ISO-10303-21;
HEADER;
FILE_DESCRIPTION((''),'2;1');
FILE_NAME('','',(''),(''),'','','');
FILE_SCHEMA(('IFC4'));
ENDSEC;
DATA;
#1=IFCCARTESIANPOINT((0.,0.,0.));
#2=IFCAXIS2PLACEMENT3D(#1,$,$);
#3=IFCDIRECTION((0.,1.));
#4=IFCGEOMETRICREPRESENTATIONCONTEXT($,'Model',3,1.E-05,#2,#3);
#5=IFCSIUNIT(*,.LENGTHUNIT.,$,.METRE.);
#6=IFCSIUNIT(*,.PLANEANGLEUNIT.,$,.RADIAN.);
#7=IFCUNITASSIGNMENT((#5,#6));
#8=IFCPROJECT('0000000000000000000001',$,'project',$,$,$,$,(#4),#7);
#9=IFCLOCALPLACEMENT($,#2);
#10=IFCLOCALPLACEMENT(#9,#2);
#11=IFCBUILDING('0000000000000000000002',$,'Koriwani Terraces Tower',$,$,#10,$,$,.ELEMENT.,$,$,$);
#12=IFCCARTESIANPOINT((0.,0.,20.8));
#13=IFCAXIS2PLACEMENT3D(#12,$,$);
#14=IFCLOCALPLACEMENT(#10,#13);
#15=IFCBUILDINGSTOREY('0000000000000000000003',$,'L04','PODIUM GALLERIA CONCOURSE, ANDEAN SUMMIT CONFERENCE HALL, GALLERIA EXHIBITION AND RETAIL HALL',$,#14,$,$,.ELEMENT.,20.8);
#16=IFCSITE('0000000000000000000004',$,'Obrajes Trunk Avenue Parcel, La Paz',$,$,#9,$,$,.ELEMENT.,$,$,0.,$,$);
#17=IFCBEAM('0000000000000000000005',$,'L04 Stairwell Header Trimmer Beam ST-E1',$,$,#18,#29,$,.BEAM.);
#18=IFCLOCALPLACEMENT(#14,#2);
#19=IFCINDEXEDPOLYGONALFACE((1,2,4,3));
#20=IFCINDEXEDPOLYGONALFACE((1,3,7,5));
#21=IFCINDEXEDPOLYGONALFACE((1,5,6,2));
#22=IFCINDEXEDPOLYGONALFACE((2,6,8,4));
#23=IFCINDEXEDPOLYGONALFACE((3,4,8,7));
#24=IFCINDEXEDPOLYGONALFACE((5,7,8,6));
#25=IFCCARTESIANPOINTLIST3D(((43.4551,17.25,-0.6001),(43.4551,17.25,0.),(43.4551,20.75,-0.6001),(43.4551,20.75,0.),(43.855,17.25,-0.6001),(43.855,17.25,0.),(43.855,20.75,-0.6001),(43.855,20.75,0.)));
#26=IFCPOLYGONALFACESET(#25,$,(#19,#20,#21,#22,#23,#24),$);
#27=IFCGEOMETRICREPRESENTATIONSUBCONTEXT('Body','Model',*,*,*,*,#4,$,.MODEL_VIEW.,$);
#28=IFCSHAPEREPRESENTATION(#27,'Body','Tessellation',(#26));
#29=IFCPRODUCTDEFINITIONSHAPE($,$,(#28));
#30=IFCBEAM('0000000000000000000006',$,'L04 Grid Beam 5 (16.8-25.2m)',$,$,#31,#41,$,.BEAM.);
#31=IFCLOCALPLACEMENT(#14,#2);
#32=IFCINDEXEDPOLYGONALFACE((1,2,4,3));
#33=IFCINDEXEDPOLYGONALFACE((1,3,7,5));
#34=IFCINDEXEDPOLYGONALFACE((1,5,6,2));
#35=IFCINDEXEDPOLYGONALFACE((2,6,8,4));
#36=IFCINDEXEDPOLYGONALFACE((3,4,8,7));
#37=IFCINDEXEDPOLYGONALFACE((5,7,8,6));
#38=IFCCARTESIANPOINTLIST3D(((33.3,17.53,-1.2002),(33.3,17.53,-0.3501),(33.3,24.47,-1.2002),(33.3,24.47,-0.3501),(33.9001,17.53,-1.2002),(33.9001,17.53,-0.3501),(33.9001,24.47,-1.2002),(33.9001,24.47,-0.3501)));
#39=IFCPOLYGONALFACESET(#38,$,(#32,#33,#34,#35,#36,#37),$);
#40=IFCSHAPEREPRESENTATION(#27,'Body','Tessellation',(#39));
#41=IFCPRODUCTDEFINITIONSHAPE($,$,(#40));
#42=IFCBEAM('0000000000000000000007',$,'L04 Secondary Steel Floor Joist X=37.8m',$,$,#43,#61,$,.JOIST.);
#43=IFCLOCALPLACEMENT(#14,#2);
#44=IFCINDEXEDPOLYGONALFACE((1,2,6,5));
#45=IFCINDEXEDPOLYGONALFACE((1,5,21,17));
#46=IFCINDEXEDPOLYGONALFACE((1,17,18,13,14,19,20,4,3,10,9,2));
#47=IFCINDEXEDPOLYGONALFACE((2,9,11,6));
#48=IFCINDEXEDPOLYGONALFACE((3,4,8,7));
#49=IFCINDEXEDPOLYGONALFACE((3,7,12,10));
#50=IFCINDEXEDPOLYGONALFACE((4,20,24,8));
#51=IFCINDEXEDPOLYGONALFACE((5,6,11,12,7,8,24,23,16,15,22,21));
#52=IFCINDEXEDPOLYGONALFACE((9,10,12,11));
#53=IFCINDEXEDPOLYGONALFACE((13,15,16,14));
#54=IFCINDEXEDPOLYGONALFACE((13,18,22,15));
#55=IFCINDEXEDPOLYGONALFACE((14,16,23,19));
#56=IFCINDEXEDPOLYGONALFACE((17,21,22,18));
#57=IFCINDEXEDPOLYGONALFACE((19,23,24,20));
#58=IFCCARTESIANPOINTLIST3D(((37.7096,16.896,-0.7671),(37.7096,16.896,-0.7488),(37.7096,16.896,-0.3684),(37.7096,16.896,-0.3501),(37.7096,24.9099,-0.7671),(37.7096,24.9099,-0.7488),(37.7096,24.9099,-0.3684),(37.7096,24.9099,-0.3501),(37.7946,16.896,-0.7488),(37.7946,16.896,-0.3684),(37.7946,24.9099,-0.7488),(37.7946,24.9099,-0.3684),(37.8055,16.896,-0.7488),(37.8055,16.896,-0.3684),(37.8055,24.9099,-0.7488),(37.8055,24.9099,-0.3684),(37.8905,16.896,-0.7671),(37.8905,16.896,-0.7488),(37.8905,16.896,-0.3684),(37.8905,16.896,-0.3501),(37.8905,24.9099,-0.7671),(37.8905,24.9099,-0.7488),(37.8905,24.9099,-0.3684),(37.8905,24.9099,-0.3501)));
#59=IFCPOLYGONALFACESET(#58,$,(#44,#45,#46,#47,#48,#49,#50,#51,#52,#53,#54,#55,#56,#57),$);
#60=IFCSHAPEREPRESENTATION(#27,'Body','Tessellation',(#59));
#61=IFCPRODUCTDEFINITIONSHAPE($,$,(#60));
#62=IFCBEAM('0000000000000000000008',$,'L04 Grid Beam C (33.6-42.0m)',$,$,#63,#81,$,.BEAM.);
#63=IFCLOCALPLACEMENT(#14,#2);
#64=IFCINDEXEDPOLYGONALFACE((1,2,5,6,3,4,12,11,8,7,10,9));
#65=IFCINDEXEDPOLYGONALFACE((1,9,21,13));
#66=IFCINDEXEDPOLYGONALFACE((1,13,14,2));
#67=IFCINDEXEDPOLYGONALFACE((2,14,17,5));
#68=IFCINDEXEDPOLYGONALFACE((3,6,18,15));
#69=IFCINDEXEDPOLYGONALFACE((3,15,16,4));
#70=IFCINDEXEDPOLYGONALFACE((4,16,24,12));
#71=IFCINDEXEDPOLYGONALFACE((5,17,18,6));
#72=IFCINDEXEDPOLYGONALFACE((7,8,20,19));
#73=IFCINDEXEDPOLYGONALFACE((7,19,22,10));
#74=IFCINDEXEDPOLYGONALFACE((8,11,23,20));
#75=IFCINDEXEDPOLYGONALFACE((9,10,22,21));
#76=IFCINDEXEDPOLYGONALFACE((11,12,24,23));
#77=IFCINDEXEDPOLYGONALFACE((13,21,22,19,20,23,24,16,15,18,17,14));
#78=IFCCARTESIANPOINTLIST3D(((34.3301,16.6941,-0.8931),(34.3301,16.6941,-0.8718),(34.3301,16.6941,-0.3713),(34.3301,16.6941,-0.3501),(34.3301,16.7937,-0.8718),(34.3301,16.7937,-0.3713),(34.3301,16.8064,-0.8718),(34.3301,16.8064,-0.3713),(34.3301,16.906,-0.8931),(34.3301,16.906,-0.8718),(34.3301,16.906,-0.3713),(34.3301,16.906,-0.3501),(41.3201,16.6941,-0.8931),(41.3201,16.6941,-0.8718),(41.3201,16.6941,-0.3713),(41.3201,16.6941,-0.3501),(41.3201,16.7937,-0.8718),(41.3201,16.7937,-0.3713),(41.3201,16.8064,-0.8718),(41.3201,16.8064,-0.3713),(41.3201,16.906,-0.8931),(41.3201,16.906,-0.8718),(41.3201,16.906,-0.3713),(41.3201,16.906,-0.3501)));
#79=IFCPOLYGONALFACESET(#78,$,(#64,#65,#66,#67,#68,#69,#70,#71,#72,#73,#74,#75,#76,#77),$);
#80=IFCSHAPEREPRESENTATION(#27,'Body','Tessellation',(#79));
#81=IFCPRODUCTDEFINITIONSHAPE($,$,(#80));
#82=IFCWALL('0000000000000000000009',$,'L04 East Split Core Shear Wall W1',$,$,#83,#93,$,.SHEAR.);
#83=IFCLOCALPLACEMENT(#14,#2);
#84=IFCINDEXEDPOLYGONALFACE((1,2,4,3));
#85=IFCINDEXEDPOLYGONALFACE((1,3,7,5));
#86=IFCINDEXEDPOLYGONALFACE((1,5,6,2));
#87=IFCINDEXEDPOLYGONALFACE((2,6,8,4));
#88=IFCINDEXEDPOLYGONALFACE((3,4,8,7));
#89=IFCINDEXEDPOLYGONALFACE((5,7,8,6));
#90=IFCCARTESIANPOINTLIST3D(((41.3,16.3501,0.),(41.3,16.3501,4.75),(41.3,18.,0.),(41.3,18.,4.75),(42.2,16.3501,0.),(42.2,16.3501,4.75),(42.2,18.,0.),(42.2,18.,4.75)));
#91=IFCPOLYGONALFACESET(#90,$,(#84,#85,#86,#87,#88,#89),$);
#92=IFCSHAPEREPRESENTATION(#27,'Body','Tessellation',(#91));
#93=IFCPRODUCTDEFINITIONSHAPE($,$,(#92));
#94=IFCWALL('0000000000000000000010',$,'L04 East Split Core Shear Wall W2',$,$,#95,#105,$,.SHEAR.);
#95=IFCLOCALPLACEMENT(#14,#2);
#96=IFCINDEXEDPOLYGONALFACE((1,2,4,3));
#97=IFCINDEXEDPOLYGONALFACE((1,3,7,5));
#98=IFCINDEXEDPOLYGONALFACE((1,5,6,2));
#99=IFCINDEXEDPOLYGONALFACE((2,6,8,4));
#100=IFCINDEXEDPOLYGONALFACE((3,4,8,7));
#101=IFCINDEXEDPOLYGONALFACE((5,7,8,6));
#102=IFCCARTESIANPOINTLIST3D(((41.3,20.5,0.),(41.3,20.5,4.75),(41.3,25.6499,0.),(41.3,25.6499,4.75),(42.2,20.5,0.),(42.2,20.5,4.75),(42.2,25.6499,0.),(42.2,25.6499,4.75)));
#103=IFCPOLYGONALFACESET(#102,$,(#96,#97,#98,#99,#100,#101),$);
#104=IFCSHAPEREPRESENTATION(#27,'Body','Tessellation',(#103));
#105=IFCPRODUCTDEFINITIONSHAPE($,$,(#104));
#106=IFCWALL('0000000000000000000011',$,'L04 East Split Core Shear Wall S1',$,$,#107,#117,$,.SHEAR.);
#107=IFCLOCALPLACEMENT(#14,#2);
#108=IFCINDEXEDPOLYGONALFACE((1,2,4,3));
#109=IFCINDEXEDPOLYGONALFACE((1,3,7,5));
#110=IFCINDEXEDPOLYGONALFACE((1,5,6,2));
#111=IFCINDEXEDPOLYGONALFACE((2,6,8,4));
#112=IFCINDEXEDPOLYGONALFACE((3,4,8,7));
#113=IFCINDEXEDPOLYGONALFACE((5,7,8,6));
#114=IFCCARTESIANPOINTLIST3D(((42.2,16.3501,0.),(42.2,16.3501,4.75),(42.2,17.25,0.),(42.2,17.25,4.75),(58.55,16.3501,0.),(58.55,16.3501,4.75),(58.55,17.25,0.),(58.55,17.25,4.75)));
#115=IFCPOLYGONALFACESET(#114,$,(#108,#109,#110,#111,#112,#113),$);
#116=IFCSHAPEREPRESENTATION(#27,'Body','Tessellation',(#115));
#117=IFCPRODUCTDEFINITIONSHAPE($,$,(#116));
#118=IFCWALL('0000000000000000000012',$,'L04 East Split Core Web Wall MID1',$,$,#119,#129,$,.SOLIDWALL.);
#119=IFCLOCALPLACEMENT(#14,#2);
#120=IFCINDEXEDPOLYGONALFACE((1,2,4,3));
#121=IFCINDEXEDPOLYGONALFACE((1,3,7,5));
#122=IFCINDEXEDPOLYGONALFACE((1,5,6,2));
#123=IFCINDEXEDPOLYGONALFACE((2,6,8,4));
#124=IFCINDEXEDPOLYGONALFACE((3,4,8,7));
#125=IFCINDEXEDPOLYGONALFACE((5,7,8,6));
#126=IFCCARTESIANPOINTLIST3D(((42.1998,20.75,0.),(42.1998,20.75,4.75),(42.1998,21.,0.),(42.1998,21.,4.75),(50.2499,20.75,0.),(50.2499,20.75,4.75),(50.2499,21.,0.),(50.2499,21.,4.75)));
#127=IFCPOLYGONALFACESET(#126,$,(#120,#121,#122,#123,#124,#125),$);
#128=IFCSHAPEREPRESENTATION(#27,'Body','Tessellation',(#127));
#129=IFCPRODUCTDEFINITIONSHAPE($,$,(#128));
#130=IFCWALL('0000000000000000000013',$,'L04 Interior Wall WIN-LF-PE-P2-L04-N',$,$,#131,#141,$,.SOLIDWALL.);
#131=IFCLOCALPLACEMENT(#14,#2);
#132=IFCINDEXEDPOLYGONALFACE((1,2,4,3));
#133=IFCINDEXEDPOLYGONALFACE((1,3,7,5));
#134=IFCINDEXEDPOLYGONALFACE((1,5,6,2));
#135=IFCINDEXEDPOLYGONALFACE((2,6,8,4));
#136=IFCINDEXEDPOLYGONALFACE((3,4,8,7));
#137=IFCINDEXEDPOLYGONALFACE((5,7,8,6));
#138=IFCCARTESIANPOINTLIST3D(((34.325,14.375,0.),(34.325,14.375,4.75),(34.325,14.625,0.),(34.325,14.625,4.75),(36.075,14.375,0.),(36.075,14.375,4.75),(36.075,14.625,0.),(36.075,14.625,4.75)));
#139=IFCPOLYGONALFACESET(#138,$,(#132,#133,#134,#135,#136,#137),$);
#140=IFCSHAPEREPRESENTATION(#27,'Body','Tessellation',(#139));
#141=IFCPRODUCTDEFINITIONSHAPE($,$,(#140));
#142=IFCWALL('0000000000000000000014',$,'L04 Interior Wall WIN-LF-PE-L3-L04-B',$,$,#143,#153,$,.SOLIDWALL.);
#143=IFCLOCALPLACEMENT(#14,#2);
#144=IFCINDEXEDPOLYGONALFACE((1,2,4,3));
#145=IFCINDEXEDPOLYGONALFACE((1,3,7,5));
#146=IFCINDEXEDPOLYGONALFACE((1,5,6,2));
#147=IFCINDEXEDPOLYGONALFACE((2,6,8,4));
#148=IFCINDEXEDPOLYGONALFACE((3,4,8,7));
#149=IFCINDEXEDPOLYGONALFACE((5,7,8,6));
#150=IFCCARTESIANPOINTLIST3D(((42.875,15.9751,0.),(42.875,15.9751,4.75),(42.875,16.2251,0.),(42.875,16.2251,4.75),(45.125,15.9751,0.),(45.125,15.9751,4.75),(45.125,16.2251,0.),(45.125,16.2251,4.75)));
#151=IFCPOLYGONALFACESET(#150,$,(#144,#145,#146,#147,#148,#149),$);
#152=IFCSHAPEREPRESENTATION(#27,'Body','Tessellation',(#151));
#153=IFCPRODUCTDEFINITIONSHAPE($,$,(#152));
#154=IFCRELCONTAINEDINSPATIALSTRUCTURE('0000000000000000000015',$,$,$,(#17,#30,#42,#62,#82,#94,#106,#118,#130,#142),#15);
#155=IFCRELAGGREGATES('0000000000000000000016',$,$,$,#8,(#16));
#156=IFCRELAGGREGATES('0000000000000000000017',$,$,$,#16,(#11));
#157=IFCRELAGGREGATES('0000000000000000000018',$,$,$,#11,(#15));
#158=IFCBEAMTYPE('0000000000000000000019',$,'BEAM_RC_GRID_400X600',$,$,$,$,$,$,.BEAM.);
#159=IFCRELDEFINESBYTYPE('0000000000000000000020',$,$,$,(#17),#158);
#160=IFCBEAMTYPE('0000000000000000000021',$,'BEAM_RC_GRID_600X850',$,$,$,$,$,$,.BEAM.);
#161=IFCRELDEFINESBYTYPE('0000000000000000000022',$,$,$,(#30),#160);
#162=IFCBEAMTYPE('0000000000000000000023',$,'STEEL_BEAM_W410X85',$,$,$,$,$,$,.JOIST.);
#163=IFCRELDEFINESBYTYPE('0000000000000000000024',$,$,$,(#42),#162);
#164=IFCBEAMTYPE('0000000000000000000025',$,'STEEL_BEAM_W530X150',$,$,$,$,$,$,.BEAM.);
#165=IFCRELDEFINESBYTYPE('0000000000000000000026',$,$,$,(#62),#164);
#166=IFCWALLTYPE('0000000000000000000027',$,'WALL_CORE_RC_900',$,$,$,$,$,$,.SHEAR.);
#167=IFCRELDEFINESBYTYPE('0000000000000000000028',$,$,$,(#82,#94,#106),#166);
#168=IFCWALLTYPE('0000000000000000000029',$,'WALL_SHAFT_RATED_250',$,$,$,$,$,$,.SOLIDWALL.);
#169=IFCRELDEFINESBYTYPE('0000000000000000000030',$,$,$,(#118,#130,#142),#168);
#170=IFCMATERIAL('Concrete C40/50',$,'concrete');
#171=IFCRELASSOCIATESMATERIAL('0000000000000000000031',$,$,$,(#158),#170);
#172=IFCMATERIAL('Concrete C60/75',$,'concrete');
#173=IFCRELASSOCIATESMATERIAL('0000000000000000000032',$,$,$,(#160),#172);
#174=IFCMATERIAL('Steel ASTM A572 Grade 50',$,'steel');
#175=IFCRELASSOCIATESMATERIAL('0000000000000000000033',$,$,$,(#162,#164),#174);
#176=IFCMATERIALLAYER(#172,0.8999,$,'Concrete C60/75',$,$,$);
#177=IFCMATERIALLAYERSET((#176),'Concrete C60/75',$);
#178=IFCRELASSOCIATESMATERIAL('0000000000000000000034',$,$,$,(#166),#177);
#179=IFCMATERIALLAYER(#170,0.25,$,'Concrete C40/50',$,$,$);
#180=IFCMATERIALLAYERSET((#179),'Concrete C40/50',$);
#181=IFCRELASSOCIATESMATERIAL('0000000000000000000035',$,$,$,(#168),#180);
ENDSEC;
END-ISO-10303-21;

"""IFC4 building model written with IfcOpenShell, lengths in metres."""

from ifc_helpers import new_model, si_unit, direction, frame, frame_2d, origin, origin_2d, place, context, subcontext, project, spatial, rectangle, i_section, extrude, material, layer, layer_set, material_profile, profile_set, type_object, element, save


model = new_model("IFC4")

# Units and contexts
model_context = context("Model", 3, precision=1e-05, world=origin(), true_north=direction((0.0, 1.0)))
body_context = subcontext(model_context, "Body", "Model", "MODEL_VIEW")
ifc_project = project(units=[si_unit("LENGTHUNIT", "METRE"), si_unit("PLANEANGLEUNIT", "RADIAN")], contexts=[model_context])

# Site, building, storey
site_placement = place(None, origin())
site = spatial("IfcSite", under=ifc_project, at=site_placement, Name="Obrajes Trunk Avenue Parcel, La Paz", CompositionType="ELEMENT", RefElevation=0.0)
building_placement = place(site_placement, origin())
building = spatial("IfcBuilding", under=site, at=building_placement, Name="Koriwani Terraces Tower", CompositionType="ELEMENT")
storey_placement = place(building_placement, frame((0.0, 0.0, 20.8)))
storey = spatial("IfcBuildingStorey", under=building, at=storey_placement, Name="L04", Description="PODIUM GALLERIA CONCOURSE, ANDEAN SUMMIT CONFERENCE HALL, GALLERIA EXHIBITION AND RETAIL HALL", CompositionType="ELEMENT", Elevation=20.8)

# Beams
ifc_material_1 = material(Name="Concrete C40/50", Category="concrete")
ifc_material_profile_1 = material_profile(ifc_material_1, rectangle(XDim=0.3999, YDim=0.6001, at=origin_2d()), Name="Concrete C40/50", Category="LoadBearing")
ifc_profile_set_1 = profile_set([ifc_material_profile_1], Name="Concrete C40/50")
beam_type_1 = type_object("IfcBeamType", Name="BEAM_RC_GRID_400X600", PredefinedType="BEAM", material=ifc_profile_set_1)
beam_1_placement = place(storey_placement, frame((43.655, 17.25, -0.3), z_axis=(0.0, 1.0, 0.0), x_axis=(-1.0, 0.0, 0.0)))
element("IfcBeam", 1, at=beam_1_placement, inside=storey, type_object=beam_type_1, Name="L04 Stairwell Header Trimmer Beam ST-E1", PredefinedType="BEAM", context=body_context, shape_type="SweptSolid", body=[
    extrude(rectangle(XDim=0.3999, YDim=0.6001, at=origin_2d()), origin(), (0.0, 0.0, 1.0), 3.5),
])
ifc_material_2 = material(Name="Concrete C60/75", Category="concrete")
ifc_material_profile_2 = material_profile(ifc_material_2, rectangle(XDim=0.6001, YDim=0.8501, at=origin_2d()), Name="Concrete C60/75", Category="LoadBearing")
ifc_profile_set_2 = profile_set([ifc_material_profile_2], Name="Concrete C60/75")
beam_type_2 = type_object("IfcBeamType", Name="BEAM_RC_GRID_600X850", PredefinedType="BEAM", material=ifc_profile_set_2)
beam_2_placement = place(storey_placement, frame((33.6001, 17.53, -0.7751), z_axis=(0.0, 1.0, 0.0), x_axis=(-1.0, 0.0, 0.0)))
element("IfcBeam", 2, at=beam_2_placement, inside=storey, type_object=beam_type_2, Name="L04 Grid Beam 5 (16.8-25.2m)", PredefinedType="BEAM", context=body_context, shape_type="SweptSolid", body=[
    extrude(rectangle(XDim=0.6001, YDim=0.8501, at=origin_2d()), origin(), (0.0, 0.0, 1.0), 6.9399),
])
ifc_material_3 = material(Name="Steel ASTM A572 Grade 50", Category="steel")
ifc_material_profile_3 = material_profile(ifc_material_3, i_section(OverallWidth=0.1809, OverallDepth=0.417, WebThickness=0.011, FlangeThickness=0.0183, at=origin_2d()), Name="Steel ASTM A572 Grade 50", Category="LoadBearing")
ifc_profile_set_3 = profile_set([ifc_material_profile_3], Name="Steel ASTM A572 Grade 50")
beam_type_3 = type_object("IfcBeamType", Name="STEEL_BEAM_W410X85", PredefinedType="JOIST", material=ifc_profile_set_3)
beam_3_placement = place(storey_placement, frame((37.8, 16.896, -0.5586), z_axis=(0.0, 1.0, 0.0), x_axis=(-1.0, 0.0, 0.0)))
element("IfcBeam", 3, at=beam_3_placement, inside=storey, type_object=beam_type_3, Name="L04 Secondary Steel Floor Joist X=37.8m", PredefinedType="JOIST", context=body_context, shape_type="SweptSolid", body=[
    extrude(i_section(OverallWidth=0.1809, OverallDepth=0.417, WebThickness=0.011, FlangeThickness=0.0183, at=origin_2d()), origin(), (0.0, 0.0, 1.0), 8.0139),
])
ifc_material_profile_4 = material_profile(ifc_material_3, i_section(OverallWidth=0.2119, OverallDepth=0.543, WebThickness=0.0127, FlangeThickness=0.0212, at=origin_2d()), Name="Steel ASTM A572 Grade 50", Category="LoadBearing")
ifc_profile_set_4 = profile_set([ifc_material_profile_4], Name="Steel ASTM A572 Grade 50")
beam_type_4 = type_object("IfcBeamType", Name="STEEL_BEAM_W530X150", PredefinedType="BEAM", material=ifc_profile_set_4)
beam_4_placement = place(storey_placement, frame((34.3301, 16.8, -0.6216), z_axis=(1.0, 0.0, 0.0), x_axis=(0.0, 1.0, 0.0)))
element("IfcBeam", 4, at=beam_4_placement, inside=storey, type_object=beam_type_4, Name="L04 Grid Beam C (33.6-42.0m)", PredefinedType="BEAM", context=body_context, shape_type="SweptSolid", body=[
    extrude(i_section(OverallWidth=0.2119, OverallDepth=0.543, WebThickness=0.0127, FlangeThickness=0.0212, at=origin_2d()), origin(), (0.0, 0.0, 1.0), 6.99),
])

# Walls
ifc_layer_1 = layer(ifc_material_2, 0.8999, Name="Concrete C60/75")
ifc_layer_set_1 = layer_set([ifc_layer_1], Name="Concrete C60/75")
wall_type_1 = type_object("IfcWallType", Name="WALL_CORE_RC_900", PredefinedType="SHEAR", material=ifc_layer_set_1)
wall_1_placement = place(storey_placement, frame((41.75, 16.3501, 0.0), z_axis=(0.0, 0.0, 1.0), x_axis=(0.0, 1.0, 0.0)))
element("IfcWall", 5, at=wall_1_placement, inside=storey, type_object=wall_type_1, Name="L04 East Split Core Shear Wall W1", PredefinedType="SHEAR", context=body_context, shape_type="SweptSolid", body=[
    extrude(rectangle(XDim=1.6499, YDim=0.8999, at=frame_2d((0.825, 0.0))), origin(), (0.0, 0.0, 1.0), 4.75),
])
wall_2_placement = place(storey_placement, frame((41.75, 20.5, 0.0), z_axis=(0.0, 0.0, 1.0), x_axis=(0.0, 1.0, 0.0)))
element("IfcWall", 6, at=wall_2_placement, inside=storey, type_object=wall_type_1, Name="L04 East Split Core Shear Wall W2", PredefinedType="SHEAR", context=body_context, shape_type="SweptSolid", body=[
    extrude(rectangle(XDim=5.1499, YDim=0.8999, at=frame_2d((2.575, 0.0))), origin(), (0.0, 0.0, 1.0), 4.75),
])
wall_3_placement = place(storey_placement, frame((42.2, 16.8, 0.0), z_axis=(0.0, 0.0, 1.0), x_axis=(1.0, 0.0, 0.0)))
element("IfcWall", 7, at=wall_3_placement, inside=storey, type_object=wall_type_1, Name="L04 East Split Core Shear Wall S1", PredefinedType="SHEAR", context=body_context, shape_type="SweptSolid", body=[
    extrude(rectangle(XDim=16.3501, YDim=0.8999, at=frame_2d((8.175, 0.0))), origin(), (0.0, 0.0, 1.0), 4.75),
])
ifc_layer_2 = layer(ifc_material_1, 0.25, Name="Concrete C40/50")
ifc_layer_set_2 = layer_set([ifc_layer_2], Name="Concrete C40/50")
wall_type_2 = type_object("IfcWallType", Name="WALL_SHAFT_RATED_250", PredefinedType="SOLIDWALL", material=ifc_layer_set_2)
wall_4_placement = place(storey_placement, frame((42.2, 20.875, 0.0), z_axis=(0.0, 0.0, 1.0), x_axis=(1.0, 0.0, 0.0)))
element("IfcWall", 8, at=wall_4_placement, inside=storey, type_object=wall_type_2, Name="L04 East Split Core Web Wall MID1", PredefinedType="SOLIDWALL", context=body_context, shape_type="SweptSolid", body=[
    extrude(rectangle(XDim=8.05, YDim=0.25, at=frame_2d((4.0249, 0.0))), origin(), (0.0, 0.0, 1.0), 4.75),
])

# Walls
wall_5_placement = place(storey_placement, frame((34.325, 14.5, 0.0), z_axis=(0.0, 0.0, 1.0), x_axis=(1.0, 0.0, 0.0)))
element("IfcWall", 9, at=wall_5_placement, inside=storey, type_object=wall_type_2, Name="L04 Interior Wall WIN-LF-PE-P2-L04-N", PredefinedType="SOLIDWALL", context=body_context, shape_type="SweptSolid", body=[
    extrude(rectangle(XDim=1.75, YDim=0.25, at=frame_2d((0.875, 0.0))), origin(), (0.0, 0.0, 1.0), 4.75),
])
wall_6_placement = place(storey_placement, frame((42.875, 16.1001, 0.0), z_axis=(0.0, 0.0, 1.0), x_axis=(1.0, 0.0, 0.0)))
element("IfcWall", 10, at=wall_6_placement, inside=storey, type_object=wall_type_2, Name="L04 Interior Wall WIN-LF-PE-L3-L04-B", PredefinedType="SOLIDWALL", context=body_context, shape_type="SweptSolid", body=[
    extrude(rectangle(XDim=2.25, YDim=0.25, at=frame_2d((1.125, 0.0))), origin(), (0.0, 0.0, 1.0), 4.75),
])

save(model, "model.ifc")
